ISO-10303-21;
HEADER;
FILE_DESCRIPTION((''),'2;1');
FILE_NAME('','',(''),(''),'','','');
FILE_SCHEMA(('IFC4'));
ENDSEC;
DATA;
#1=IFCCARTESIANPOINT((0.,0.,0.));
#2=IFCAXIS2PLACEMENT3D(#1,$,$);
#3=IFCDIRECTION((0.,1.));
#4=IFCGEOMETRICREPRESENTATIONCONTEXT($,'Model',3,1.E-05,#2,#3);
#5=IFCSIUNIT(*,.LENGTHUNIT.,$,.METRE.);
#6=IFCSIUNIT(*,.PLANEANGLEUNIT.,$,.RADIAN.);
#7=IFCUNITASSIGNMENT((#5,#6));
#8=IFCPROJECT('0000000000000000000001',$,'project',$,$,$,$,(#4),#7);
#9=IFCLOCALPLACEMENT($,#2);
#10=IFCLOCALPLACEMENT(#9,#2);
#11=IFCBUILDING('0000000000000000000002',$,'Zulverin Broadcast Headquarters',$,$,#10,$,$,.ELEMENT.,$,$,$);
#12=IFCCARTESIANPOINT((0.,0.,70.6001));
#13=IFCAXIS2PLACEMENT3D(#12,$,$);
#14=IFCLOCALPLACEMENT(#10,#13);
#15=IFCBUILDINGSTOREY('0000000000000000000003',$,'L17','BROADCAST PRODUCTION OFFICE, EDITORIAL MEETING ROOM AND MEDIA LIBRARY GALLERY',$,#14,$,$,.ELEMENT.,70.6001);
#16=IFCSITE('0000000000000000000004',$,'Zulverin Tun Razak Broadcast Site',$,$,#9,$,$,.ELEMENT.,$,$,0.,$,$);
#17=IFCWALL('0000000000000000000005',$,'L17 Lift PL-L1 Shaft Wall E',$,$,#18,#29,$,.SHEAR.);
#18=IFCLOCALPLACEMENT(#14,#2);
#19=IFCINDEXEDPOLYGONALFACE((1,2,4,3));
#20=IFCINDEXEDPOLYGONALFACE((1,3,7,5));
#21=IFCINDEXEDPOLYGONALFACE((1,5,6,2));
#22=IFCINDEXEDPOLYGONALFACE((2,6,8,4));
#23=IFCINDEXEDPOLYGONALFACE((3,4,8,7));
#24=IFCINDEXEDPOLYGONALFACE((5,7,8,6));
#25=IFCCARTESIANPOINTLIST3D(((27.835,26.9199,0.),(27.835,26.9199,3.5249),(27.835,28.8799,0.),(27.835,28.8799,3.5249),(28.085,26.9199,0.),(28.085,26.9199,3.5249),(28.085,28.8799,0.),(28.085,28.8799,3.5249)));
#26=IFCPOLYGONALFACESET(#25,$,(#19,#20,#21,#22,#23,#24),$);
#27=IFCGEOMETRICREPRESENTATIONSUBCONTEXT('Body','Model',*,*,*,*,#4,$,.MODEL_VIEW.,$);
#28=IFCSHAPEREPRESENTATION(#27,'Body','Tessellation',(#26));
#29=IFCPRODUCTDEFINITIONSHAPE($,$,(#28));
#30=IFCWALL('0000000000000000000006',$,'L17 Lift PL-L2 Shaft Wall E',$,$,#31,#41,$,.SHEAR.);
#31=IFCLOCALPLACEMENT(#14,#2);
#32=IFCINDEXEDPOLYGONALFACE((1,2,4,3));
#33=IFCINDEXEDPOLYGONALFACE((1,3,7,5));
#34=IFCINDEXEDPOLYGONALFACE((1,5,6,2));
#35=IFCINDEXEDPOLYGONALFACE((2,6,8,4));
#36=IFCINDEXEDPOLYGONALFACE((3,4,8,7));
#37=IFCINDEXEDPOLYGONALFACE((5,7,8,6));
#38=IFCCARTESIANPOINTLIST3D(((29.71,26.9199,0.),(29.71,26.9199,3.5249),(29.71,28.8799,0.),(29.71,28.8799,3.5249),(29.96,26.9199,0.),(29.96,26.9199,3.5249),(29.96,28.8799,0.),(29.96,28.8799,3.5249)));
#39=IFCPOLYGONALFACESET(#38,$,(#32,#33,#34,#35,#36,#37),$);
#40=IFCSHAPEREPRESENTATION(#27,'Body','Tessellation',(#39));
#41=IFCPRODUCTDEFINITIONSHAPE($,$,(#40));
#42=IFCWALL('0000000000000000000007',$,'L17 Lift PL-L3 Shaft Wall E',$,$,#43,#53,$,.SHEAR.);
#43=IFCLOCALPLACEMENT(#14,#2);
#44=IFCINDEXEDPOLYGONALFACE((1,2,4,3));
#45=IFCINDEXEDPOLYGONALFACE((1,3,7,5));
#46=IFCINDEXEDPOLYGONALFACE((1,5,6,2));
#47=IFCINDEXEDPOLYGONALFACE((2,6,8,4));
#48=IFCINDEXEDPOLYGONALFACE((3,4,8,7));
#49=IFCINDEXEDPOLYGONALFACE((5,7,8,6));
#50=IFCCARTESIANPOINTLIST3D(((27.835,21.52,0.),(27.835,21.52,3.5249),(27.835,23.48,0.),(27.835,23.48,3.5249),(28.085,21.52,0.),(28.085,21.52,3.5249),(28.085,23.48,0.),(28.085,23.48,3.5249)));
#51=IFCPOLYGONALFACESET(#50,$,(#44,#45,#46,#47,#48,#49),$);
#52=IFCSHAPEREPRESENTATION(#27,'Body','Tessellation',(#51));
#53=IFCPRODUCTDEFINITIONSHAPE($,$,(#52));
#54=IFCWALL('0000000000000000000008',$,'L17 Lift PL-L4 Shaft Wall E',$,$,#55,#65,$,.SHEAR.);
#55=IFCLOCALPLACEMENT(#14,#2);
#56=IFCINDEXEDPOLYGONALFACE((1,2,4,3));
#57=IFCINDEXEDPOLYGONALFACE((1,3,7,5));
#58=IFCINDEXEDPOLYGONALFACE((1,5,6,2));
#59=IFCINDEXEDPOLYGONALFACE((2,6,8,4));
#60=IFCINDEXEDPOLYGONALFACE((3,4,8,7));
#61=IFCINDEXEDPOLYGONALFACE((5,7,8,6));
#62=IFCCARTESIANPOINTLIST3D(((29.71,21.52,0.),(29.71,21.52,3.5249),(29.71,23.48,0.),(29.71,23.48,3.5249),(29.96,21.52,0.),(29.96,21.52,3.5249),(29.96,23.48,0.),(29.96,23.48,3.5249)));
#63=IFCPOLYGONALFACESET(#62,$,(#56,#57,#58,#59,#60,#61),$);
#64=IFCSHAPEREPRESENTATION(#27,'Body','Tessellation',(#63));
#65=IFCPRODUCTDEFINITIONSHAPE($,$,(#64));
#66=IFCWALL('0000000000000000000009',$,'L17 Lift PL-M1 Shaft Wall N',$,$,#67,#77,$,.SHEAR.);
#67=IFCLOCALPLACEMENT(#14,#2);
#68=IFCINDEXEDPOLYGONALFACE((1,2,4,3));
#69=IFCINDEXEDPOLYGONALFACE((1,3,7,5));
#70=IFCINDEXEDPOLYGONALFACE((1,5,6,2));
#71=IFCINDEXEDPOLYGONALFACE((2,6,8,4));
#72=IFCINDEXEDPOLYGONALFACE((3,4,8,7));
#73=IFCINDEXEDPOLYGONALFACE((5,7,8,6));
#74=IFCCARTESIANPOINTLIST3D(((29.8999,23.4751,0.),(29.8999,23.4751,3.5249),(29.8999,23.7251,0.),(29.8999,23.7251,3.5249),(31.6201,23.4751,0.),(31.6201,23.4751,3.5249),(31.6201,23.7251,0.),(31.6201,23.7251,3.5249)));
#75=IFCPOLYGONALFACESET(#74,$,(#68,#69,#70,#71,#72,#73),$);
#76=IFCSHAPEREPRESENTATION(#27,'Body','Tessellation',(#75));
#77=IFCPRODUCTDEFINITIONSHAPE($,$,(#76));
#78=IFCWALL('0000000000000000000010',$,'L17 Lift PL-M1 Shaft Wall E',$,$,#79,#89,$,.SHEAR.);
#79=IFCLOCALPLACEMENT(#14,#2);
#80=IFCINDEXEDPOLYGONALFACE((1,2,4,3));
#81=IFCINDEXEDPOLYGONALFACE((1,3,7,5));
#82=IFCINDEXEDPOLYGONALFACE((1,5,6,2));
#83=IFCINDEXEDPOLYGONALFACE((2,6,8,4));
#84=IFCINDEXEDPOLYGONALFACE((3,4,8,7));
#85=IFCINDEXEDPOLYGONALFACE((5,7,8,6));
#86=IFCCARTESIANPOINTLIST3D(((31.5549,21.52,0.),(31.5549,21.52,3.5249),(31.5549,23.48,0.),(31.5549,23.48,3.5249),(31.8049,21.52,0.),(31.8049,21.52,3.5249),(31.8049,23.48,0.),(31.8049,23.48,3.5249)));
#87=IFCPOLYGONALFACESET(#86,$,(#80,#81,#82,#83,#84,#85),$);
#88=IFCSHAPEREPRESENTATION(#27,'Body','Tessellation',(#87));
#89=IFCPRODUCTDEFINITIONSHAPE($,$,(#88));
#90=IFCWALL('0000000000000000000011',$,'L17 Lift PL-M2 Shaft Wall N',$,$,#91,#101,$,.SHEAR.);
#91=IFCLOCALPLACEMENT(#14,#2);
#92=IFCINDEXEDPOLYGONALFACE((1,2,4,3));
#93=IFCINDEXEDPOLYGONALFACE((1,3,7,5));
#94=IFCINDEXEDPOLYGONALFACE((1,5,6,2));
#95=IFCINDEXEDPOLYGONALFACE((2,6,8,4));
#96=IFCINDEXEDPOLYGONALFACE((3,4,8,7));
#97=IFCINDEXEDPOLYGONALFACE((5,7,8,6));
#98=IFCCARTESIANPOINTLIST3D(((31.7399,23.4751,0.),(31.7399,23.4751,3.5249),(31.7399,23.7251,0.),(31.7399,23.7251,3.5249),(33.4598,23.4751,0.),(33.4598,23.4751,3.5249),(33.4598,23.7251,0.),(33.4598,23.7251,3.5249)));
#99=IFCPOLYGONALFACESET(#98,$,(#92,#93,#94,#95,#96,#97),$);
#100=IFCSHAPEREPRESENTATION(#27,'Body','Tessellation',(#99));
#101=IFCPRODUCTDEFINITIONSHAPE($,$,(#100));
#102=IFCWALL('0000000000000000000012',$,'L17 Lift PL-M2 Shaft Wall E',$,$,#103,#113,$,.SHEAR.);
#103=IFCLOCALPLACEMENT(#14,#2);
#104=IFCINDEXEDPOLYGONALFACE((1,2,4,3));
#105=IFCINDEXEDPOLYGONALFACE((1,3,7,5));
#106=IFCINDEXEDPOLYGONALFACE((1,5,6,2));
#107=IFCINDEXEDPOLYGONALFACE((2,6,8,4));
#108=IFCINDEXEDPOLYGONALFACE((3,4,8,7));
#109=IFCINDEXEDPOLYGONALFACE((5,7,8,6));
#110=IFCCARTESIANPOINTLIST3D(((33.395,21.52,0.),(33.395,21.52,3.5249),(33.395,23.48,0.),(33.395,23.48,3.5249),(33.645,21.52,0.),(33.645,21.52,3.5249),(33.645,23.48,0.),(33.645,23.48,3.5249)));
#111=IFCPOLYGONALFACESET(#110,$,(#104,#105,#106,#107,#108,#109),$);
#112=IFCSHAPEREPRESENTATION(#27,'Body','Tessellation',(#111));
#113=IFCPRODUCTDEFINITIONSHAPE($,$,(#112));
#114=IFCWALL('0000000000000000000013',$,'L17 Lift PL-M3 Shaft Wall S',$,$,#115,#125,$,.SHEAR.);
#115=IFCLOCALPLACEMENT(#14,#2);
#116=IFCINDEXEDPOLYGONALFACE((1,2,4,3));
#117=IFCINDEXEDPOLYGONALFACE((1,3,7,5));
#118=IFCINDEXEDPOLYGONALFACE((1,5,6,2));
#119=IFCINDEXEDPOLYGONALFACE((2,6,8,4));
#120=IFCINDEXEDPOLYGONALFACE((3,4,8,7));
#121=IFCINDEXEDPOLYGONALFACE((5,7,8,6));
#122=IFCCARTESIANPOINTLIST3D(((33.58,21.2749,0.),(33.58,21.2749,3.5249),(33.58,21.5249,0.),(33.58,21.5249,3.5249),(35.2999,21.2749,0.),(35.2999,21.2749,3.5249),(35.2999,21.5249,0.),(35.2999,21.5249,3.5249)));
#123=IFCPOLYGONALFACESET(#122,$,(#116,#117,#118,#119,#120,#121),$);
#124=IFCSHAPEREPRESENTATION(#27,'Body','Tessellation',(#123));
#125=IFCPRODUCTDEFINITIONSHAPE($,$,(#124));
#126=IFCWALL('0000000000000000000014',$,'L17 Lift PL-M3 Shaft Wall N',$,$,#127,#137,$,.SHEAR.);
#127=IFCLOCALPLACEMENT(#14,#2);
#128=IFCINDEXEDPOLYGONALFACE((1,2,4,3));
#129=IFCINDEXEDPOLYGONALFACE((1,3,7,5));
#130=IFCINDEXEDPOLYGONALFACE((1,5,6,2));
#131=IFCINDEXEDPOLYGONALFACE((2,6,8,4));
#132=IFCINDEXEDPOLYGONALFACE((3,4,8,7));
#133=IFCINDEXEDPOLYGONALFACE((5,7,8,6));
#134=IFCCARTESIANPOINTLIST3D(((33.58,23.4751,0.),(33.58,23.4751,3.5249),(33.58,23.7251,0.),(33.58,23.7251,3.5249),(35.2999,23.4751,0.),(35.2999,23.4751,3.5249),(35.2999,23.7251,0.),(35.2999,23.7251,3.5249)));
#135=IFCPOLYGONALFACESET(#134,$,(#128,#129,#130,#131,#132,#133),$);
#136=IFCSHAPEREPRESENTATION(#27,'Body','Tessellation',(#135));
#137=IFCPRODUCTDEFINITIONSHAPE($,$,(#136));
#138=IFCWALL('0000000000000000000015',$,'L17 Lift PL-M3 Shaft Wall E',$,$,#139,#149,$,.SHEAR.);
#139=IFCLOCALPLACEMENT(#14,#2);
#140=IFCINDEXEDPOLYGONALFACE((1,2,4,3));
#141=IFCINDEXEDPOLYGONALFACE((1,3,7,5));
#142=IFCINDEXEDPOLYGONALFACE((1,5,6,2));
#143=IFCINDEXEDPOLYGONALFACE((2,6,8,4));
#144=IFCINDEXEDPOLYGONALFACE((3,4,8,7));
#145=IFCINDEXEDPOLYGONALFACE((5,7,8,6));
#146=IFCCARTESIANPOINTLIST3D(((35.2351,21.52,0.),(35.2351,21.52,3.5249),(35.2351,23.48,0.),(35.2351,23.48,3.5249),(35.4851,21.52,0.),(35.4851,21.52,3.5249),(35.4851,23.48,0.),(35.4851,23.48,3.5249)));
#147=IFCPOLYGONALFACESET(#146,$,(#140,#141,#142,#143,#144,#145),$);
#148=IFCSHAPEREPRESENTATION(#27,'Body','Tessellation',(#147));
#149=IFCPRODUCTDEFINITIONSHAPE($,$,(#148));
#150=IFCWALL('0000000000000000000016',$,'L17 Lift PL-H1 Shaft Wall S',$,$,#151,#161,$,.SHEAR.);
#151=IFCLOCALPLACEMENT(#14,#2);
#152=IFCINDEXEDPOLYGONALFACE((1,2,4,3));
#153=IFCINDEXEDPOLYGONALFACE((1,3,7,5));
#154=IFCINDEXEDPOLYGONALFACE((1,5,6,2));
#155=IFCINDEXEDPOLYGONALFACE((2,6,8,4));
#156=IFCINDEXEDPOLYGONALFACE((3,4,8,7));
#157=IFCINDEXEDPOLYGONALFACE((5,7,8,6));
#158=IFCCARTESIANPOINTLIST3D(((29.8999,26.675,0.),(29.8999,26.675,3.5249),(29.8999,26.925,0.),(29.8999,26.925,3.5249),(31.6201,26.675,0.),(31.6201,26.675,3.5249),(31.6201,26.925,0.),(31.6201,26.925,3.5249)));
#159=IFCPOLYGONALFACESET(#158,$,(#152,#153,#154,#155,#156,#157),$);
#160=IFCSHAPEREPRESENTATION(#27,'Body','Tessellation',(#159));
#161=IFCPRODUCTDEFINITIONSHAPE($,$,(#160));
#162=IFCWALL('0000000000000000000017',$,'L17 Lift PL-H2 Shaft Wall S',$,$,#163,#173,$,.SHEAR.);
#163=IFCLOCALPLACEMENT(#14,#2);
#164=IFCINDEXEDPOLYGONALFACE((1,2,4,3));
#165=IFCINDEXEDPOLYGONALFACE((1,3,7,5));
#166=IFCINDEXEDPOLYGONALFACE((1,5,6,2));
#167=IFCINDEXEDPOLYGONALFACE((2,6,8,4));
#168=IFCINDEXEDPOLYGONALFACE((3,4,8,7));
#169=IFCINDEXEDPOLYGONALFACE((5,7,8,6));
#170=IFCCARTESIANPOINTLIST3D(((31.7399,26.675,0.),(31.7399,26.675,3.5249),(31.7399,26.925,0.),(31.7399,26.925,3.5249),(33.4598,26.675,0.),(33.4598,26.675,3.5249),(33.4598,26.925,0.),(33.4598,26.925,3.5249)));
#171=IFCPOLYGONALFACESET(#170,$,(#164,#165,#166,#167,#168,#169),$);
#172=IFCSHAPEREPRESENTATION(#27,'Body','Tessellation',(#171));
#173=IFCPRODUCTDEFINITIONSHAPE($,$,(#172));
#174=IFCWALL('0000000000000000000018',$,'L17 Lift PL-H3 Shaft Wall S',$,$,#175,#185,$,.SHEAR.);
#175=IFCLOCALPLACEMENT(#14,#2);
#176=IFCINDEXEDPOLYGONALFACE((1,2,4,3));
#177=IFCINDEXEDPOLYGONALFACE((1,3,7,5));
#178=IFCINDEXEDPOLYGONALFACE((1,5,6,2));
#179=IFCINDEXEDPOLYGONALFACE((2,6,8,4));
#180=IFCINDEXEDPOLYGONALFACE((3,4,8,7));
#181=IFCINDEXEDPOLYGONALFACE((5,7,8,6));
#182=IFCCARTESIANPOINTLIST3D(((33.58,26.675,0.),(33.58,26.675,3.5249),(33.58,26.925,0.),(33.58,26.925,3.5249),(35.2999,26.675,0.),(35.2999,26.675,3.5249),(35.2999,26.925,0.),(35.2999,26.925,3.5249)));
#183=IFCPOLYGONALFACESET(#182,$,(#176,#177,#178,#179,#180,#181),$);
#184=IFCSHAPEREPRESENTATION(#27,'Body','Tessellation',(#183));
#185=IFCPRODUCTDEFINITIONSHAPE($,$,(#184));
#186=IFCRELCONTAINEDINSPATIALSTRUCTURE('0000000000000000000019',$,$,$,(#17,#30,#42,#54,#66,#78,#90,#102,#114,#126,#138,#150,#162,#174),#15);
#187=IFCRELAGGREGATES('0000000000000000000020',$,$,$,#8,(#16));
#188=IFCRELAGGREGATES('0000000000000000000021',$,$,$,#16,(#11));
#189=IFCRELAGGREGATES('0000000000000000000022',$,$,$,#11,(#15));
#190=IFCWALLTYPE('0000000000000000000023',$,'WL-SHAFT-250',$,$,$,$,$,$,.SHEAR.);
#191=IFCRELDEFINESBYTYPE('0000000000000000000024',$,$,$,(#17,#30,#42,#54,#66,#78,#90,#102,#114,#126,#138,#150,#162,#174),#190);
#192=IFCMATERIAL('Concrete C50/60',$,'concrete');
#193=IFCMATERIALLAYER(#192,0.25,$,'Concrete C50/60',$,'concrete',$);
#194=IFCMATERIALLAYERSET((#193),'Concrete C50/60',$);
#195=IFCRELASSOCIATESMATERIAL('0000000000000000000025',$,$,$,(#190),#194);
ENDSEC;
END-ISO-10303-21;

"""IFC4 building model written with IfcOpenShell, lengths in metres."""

from ifc_helpers import new_model, si_unit, direction, frame, frame_2d, origin, place, context, subcontext, project, spatial, rectangle, extrude, material, layer, layer_set, type_object, element, save


model = new_model("IFC4")

# Units and contexts
model_context = context("Model", 3, precision=1e-05, world=origin(), true_north=direction((0.0, 1.0)))
body_context = subcontext(model_context, "Body", "Model", "MODEL_VIEW")
ifc_project = project(units=[si_unit("LENGTHUNIT", "METRE"), si_unit("PLANEANGLEUNIT", "RADIAN")], contexts=[model_context])

# Site, building, storey
site_placement = place(None, origin())
site = spatial("IfcSite", under=ifc_project, at=site_placement, Name="Zulverin Tun Razak Broadcast Site", CompositionType="ELEMENT", RefElevation=0.0)
building_placement = place(site_placement, origin())
building = spatial("IfcBuilding", under=site, at=building_placement, Name="Zulverin Broadcast Headquarters", CompositionType="ELEMENT")
storey_placement = place(building_placement, frame((0.0, 0.0, 70.6001)))
storey = spatial("IfcBuildingStorey", under=building, at=storey_placement, Name="L17", Description="BROADCAST PRODUCTION OFFICE, EDITORIAL MEETING ROOM AND MEDIA LIBRARY GALLERY", CompositionType="ELEMENT", Elevation=70.6001)

# Wall
ifc_material_1 = material(Name="Concrete C50/60", Category="concrete")
ifc_layer_1 = layer(ifc_material_1, 0.25, Name="Concrete C50/60", Category="concrete")
ifc_layer_set_1 = layer_set([ifc_layer_1], Name="Concrete C50/60")
wall_type_1 = type_object("IfcWallType", Name="WL-SHAFT-250", PredefinedType="SHEAR", material=ifc_layer_set_1)
wall_1_placement = place(storey_placement, frame((27.96, 26.9199, 0.0), z_axis=(0.0, 0.0, 1.0), x_axis=(0.0, 1.0, 0.0)))
element("IfcWall", 1, at=wall_1_placement, inside=storey, type_object=wall_type_1, Name="L17 Lift PL-L1 Shaft Wall E", PredefinedType="SHEAR", context=body_context, shape_type="SweptSolid", body=[
    extrude(rectangle(XDim=1.96, YDim=0.25, at=frame_2d((0.98, 0.0))), origin(), (0.0, 0.0, 1.0), 3.5249),
])

# Walls
for number, where, z_axis, x_axis, name in (
    (2, (29.835, 26.9199, 0.0), (0.0, 0.0, 1.0), (0.0, 1.0, 0.0), "L17 Lift PL-L2 Shaft Wall E"),
    (3, (27.96, 21.52, 0.0), (0.0, 0.0, 1.0), (0.0, 1.0, 0.0), "L17 Lift PL-L3 Shaft Wall E"),
):
    element("IfcWall", number, at=place(storey_placement, frame(where, z_axis=z_axis, x_axis=x_axis)), inside=storey, type_object=wall_type_1, Name=name, PredefinedType="SHEAR", context=body_context, shape_type="SweptSolid", body=[
        extrude(rectangle(XDim=1.96, YDim=0.25, at=frame_2d((0.98, 0.0))), origin(), (0.0, 0.0, 1.0), 3.5249),
    ])

# Walls
wall_2_placement = place(storey_placement, frame((29.835, 21.52, 0.0), z_axis=(0.0, 0.0, 1.0), x_axis=(0.0, 1.0, 0.0)))
element("IfcWall", 4, at=wall_2_placement, inside=storey, type_object=wall_type_1, Name="L17 Lift PL-L4 Shaft Wall E", PredefinedType="SHEAR", context=body_context, shape_type="SweptSolid", body=[
    extrude(rectangle(XDim=1.96, YDim=0.25, at=frame_2d((0.98, 0.0))), origin(), (0.0, 0.0, 1.0), 3.5249),
])
wall_3_placement = place(storey_placement, frame((29.8999, 23.6001, 0.0), z_axis=(0.0, 0.0, 1.0), x_axis=(1.0, 0.0, 0.0)))
element("IfcWall", 5, at=wall_3_placement, inside=storey, type_object=wall_type_1, Name="L17 Lift PL-M1 Shaft Wall N", PredefinedType="SHEAR", context=body_context, shape_type="SweptSolid", body=[
    extrude(rectangle(XDim=1.7202, YDim=0.25, at=frame_2d((0.8601, 0.0))), origin(), (0.0, 0.0, 1.0), 3.5249),
])
wall_4_placement = place(storey_placement, frame((31.6799, 21.52, 0.0), z_axis=(0.0, 0.0, 1.0), x_axis=(0.0, 1.0, 0.0)))
element("IfcWall", 6, at=wall_4_placement, inside=storey, type_object=wall_type_1, Name="L17 Lift PL-M1 Shaft Wall E", PredefinedType="SHEAR", context=body_context, shape_type="SweptSolid", body=[
    extrude(rectangle(XDim=1.96, YDim=0.25, at=frame_2d((0.98, 0.0))), origin(), (0.0, 0.0, 1.0), 3.5249),
])
wall_5_placement = place(storey_placement, frame((31.74, 23.6001, 0.0), z_axis=(0.0, 0.0, 1.0), x_axis=(1.0, 0.0, 0.0)))
element("IfcWall", 7, at=wall_5_placement, inside=storey, type_object=wall_type_1, Name="L17 Lift PL-M2 Shaft Wall N", PredefinedType="SHEAR", context=body_context, shape_type="SweptSolid", body=[
    extrude(rectangle(XDim=1.72, YDim=0.25, at=frame_2d((0.8599, 0.0))), origin(), (0.0, 0.0, 1.0), 3.5249),
])
wall_6_placement = place(storey_placement, frame((33.52, 21.52, 0.0), z_axis=(0.0, 0.0, 1.0), x_axis=(0.0, 1.0, 0.0)))
element("IfcWall", 8, at=wall_6_placement, inside=storey, type_object=wall_type_1, Name="L17 Lift PL-M2 Shaft Wall E", PredefinedType="SHEAR", context=body_context, shape_type="SweptSolid", body=[
    extrude(rectangle(XDim=1.96, YDim=0.25, at=frame_2d((0.98, 0.0))), origin(), (0.0, 0.0, 1.0), 3.5249),
])
for number, where, z_axis, x_axis, name in (
    (9, (33.5801, 21.3999, 0.0), (0.0, 0.0, 1.0), (1.0, 0.0, 0.0), "L17 Lift PL-M3 Shaft Wall S"),
    (10, (33.5801, 23.6001, 0.0), (0.0, 0.0, 1.0), (1.0, 0.0, 0.0), "L17 Lift PL-M3 Shaft Wall N"),
):
    element("IfcWall", number, at=place(storey_placement, frame(where, z_axis=z_axis, x_axis=x_axis)), inside=storey, type_object=wall_type_1, Name=name, PredefinedType="SHEAR", context=body_context, shape_type="SweptSolid", body=[
        extrude(rectangle(XDim=1.72, YDim=0.25, at=frame_2d((0.8599, 0.0))), origin(), (0.0, 0.0, 1.0), 3.5249),
    ])
wall_7_placement = place(storey_placement, frame((35.3601, 21.52, 0.0), z_axis=(0.0, 0.0, 1.0), x_axis=(0.0, 1.0, 0.0)))
element("IfcWall", 11, at=wall_7_placement, inside=storey, type_object=wall_type_1, Name="L17 Lift PL-M3 Shaft Wall E", PredefinedType="SHEAR", context=body_context, shape_type="SweptSolid", body=[
    extrude(rectangle(XDim=1.96, YDim=0.25, at=frame_2d((0.98, 0.0))), origin(), (0.0, 0.0, 1.0), 3.5249),
])
wall_8_placement = place(storey_placement, frame((29.8999, 26.8, 0.0), z_axis=(0.0, 0.0, 1.0), x_axis=(1.0, 0.0, 0.0)))
element("IfcWall", 12, at=wall_8_placement, inside=storey, type_object=wall_type_1, Name="L17 Lift PL-H1 Shaft Wall S", PredefinedType="SHEAR", context=body_context, shape_type="SweptSolid", body=[
    extrude(rectangle(XDim=1.7202, YDim=0.25, at=frame_2d((0.8601, 0.0))), origin(), (0.0, 0.0, 1.0), 3.5249),
])
for number, where, z_axis, x_axis, name in (
    (13, (31.74, 26.8, 0.0), (0.0, 0.0, 1.0), (1.0, 0.0, 0.0), "L17 Lift PL-H2 Shaft Wall S"),
    (14, (33.5801, 26.8, 0.0), (0.0, 0.0, 1.0), (1.0, 0.0, 0.0), "L17 Lift PL-H3 Shaft Wall S"),
):
    element("IfcWall", number, at=place(storey_placement, frame(where, z_axis=z_axis, x_axis=x_axis)), inside=storey, type_object=wall_type_1, Name=name, PredefinedType="SHEAR", context=body_context, shape_type="SweptSolid", body=[
        extrude(rectangle(XDim=1.72, YDim=0.25, at=frame_2d((0.8599, 0.0))), origin(), (0.0, 0.0, 1.0), 3.5249),
    ])

save(model, "model.ifc")
